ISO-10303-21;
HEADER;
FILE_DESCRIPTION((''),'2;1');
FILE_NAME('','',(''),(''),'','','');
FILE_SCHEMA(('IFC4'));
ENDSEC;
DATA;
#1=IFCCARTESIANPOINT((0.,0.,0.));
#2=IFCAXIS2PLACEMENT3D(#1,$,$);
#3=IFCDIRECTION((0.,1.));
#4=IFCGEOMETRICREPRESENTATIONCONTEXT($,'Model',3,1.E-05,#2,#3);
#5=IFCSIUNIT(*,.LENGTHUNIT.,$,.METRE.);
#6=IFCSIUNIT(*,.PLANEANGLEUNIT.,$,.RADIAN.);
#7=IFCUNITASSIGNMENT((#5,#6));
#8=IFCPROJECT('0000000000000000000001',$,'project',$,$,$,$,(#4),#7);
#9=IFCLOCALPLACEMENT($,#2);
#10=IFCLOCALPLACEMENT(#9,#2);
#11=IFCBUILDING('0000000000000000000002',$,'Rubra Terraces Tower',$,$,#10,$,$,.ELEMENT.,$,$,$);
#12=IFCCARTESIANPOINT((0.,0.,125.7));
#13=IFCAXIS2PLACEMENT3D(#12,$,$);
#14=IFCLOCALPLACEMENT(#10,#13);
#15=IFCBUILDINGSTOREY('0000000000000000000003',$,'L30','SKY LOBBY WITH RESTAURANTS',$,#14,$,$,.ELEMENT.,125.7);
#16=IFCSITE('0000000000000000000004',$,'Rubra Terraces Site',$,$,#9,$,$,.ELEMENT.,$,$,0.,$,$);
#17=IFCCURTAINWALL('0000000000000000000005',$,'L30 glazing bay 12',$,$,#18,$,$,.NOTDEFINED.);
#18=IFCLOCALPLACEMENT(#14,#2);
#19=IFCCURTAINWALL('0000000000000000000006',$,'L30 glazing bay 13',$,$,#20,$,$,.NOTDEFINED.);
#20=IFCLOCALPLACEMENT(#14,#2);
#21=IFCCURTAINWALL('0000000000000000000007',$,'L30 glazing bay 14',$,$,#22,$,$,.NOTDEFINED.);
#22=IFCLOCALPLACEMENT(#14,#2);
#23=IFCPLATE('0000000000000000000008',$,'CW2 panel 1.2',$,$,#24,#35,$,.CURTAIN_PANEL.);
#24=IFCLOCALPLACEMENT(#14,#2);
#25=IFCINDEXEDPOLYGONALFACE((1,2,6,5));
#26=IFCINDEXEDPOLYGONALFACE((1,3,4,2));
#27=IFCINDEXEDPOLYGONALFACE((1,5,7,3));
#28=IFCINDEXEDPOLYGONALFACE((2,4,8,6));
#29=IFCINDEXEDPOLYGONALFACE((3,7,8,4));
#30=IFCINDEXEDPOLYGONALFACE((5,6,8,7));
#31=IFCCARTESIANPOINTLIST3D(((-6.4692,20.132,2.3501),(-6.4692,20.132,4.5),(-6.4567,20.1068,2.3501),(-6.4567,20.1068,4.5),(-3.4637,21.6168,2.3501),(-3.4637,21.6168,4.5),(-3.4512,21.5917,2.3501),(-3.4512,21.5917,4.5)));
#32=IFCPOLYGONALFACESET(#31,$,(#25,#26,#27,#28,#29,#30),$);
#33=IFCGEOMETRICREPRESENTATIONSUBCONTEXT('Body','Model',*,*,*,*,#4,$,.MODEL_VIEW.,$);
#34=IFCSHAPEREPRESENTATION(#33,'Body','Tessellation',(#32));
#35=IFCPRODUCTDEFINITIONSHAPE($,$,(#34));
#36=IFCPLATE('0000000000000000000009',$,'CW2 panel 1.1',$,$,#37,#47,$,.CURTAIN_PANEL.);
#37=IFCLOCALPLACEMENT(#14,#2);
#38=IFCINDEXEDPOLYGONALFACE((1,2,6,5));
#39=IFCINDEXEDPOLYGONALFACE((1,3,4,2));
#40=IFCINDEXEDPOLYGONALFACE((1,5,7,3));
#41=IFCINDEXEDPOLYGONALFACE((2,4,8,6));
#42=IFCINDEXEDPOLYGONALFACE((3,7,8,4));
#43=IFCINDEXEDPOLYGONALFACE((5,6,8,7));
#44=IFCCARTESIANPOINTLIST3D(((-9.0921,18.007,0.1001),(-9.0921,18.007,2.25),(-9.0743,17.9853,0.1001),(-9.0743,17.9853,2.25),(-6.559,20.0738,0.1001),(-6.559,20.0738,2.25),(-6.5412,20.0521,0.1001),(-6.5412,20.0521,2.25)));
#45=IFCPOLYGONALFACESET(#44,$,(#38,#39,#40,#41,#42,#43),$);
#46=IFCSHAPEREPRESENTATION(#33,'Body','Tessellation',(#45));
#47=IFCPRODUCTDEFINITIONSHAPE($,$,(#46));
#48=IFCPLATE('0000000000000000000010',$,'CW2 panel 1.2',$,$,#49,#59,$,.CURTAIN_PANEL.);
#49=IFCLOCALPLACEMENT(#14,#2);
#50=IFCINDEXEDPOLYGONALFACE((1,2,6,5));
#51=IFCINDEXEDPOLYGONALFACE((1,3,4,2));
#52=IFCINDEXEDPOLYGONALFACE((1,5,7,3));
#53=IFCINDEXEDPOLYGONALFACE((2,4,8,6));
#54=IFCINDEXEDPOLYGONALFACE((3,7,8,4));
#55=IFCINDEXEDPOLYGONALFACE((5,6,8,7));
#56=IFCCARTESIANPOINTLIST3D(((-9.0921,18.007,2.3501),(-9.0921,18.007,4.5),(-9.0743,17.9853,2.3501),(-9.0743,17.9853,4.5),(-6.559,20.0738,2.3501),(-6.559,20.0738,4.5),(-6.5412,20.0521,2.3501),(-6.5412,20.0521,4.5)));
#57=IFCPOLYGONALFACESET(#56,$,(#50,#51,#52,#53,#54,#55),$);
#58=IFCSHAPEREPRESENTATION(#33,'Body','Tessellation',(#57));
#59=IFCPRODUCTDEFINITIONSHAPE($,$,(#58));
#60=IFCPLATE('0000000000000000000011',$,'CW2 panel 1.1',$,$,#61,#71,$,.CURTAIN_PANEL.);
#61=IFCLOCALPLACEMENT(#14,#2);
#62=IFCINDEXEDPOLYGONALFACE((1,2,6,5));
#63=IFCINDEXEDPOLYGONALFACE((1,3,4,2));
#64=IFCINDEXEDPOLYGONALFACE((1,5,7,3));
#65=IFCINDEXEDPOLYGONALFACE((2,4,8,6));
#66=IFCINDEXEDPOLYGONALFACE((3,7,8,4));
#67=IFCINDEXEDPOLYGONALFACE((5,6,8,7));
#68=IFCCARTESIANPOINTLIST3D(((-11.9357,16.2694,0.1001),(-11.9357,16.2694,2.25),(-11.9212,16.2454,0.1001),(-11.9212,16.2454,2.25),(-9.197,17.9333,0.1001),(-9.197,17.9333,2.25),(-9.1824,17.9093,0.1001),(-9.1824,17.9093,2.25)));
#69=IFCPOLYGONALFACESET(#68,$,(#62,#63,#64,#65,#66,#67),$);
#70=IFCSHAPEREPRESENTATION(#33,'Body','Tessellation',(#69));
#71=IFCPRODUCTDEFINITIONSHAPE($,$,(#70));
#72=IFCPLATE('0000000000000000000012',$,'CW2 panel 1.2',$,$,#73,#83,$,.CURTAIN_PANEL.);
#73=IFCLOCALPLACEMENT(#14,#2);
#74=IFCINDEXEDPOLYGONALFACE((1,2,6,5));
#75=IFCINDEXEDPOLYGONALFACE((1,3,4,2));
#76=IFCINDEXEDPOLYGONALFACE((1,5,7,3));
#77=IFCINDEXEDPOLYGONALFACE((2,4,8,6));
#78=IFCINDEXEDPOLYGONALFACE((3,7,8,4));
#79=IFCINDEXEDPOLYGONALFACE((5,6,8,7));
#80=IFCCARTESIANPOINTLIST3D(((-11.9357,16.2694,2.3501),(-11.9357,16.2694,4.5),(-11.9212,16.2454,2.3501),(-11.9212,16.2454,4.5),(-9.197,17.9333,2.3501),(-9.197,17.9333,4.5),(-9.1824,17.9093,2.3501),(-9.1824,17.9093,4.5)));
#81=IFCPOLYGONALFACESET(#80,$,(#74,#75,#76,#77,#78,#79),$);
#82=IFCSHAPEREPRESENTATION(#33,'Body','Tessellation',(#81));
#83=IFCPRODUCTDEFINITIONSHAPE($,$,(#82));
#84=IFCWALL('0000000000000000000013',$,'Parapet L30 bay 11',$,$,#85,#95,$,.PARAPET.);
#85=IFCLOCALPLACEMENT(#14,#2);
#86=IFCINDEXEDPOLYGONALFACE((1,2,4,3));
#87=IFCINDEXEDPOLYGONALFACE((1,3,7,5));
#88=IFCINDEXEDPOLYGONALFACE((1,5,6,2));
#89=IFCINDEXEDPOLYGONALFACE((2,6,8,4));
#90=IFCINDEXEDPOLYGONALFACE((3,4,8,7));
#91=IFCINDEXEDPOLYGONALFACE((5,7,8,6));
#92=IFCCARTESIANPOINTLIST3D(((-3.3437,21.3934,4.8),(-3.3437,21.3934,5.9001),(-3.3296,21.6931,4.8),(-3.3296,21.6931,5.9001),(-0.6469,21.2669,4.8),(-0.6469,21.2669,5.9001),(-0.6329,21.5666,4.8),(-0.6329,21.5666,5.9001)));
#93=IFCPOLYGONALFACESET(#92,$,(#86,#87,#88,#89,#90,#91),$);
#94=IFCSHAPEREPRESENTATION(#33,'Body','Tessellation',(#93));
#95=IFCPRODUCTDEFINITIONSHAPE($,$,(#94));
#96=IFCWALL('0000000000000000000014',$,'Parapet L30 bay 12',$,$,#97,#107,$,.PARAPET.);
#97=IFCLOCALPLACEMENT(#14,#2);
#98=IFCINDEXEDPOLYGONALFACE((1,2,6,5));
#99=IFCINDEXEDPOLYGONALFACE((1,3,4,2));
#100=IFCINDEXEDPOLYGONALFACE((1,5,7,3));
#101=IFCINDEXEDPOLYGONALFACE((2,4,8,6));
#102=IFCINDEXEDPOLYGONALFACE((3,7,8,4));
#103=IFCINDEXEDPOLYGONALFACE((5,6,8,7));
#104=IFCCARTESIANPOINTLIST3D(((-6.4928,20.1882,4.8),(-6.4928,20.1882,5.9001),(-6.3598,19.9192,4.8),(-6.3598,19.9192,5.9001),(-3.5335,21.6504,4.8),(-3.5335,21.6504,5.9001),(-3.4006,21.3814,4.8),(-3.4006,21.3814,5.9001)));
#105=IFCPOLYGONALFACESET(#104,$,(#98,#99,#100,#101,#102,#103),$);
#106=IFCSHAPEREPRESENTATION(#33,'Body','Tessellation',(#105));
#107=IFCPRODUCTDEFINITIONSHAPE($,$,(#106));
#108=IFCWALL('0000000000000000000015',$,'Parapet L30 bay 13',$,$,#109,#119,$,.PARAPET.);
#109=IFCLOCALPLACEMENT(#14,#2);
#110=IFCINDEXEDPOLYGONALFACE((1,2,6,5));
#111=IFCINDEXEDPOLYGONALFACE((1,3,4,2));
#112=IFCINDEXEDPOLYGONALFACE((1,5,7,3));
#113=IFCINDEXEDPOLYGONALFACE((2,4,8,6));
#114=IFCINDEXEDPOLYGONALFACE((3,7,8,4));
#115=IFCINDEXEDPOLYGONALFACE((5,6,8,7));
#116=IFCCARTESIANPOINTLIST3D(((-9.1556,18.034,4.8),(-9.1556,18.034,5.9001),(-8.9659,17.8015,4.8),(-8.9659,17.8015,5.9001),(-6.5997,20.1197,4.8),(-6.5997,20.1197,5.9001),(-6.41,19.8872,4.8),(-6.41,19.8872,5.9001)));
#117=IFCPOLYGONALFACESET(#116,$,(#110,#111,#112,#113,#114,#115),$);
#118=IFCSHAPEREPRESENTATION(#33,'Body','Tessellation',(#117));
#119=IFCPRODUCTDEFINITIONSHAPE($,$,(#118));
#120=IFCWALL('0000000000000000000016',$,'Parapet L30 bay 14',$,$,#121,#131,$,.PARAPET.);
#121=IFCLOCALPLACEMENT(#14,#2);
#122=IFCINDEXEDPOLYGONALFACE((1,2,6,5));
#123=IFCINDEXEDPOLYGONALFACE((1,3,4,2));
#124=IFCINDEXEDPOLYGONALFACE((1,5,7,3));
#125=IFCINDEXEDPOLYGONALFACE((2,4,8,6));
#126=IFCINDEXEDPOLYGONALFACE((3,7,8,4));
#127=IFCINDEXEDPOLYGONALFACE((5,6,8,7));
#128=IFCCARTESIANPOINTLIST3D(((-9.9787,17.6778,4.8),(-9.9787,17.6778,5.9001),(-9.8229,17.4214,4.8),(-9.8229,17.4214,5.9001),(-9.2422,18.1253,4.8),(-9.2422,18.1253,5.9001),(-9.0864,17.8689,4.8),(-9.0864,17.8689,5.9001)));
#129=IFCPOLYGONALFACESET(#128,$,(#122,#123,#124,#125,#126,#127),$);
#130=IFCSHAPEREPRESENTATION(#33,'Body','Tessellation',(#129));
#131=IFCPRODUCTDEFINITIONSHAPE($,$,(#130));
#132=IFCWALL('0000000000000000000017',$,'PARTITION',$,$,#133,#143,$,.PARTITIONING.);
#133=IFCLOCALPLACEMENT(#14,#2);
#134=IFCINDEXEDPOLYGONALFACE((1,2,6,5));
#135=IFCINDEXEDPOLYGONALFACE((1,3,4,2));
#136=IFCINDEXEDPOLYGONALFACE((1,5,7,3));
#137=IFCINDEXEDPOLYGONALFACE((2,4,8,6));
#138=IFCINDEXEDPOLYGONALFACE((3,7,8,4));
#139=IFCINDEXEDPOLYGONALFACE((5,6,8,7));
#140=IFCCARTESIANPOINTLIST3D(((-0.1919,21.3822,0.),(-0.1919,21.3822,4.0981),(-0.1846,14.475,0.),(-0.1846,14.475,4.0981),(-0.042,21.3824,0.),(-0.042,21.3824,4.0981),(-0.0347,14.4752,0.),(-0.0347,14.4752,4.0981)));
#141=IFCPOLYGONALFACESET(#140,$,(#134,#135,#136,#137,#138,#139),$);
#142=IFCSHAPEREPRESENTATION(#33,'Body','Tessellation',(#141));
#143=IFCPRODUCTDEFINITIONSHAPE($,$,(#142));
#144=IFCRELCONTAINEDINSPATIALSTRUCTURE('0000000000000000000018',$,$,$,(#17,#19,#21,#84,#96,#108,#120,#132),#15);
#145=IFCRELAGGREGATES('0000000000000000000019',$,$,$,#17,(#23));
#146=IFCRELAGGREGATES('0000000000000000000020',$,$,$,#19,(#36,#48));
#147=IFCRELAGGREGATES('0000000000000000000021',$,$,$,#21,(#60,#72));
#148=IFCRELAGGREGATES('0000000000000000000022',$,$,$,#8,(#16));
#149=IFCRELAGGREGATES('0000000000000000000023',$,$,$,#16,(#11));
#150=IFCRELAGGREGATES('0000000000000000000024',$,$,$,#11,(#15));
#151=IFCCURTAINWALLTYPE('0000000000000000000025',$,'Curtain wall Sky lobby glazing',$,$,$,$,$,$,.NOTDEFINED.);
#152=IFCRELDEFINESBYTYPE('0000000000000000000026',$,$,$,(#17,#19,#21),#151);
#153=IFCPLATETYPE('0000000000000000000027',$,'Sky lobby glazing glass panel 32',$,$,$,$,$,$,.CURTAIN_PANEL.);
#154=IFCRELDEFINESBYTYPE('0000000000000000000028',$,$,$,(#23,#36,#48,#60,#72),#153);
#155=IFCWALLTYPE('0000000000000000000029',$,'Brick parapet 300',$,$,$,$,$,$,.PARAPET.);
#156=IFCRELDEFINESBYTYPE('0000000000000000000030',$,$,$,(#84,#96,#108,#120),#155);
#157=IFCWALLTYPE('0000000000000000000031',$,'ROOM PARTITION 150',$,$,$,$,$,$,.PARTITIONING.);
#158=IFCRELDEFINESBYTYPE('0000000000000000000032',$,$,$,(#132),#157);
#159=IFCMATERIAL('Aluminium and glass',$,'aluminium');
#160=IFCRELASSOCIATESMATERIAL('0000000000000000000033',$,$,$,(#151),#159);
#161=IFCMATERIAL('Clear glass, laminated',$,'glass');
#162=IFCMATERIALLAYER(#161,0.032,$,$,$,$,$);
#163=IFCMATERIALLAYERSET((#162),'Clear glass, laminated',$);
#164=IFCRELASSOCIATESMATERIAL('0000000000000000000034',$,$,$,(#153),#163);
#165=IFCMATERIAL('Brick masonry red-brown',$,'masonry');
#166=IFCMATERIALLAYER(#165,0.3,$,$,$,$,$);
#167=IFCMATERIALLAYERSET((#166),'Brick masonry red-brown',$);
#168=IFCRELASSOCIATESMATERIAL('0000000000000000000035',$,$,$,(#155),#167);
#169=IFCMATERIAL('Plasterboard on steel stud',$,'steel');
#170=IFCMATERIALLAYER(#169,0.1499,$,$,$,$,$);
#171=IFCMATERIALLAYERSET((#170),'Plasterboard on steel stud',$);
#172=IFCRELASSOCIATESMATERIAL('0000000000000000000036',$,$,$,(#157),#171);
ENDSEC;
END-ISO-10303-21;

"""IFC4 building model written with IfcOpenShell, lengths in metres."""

from ifc_helpers import new_model, si_unit, direction, frame, frame_2d, origin, origin_2d, place, context, subcontext, project, spatial, rectangle, extrude, material, layer, layer_set, type_object, element, aggregate, save


model = new_model("IFC4")

# Units and contexts
model_context = context("Model", 3, precision=1e-05, world=origin(), true_north=direction((0.0, 1.0)))
body_context = subcontext(model_context, "Body", "Model", "MODEL_VIEW")
ifc_project = project(units=[si_unit("LENGTHUNIT", "METRE"), si_unit("PLANEANGLEUNIT", "RADIAN")], contexts=[model_context])

# Site, building, storey
site_placement = place(None, origin())
site = spatial("IfcSite", under=ifc_project, at=site_placement, Name="Rubra Terraces Site", CompositionType="ELEMENT", RefElevation=0.0)
building_placement = place(site_placement, origin())
building = spatial("IfcBuilding", under=site, at=building_placement, Name="Rubra Terraces Tower", CompositionType="ELEMENT")
storey_placement = place(building_placement, frame((0.0, 0.0, 125.7)))
storey = spatial("IfcBuildingStorey", under=building, at=storey_placement, Name="L30", Description="SKY LOBBY WITH RESTAURANTS", CompositionType="ELEMENT", Elevation=125.7)

# Curtain walls
ifc_material_1 = material(Name="Aluminium and glass", Category="aluminium")
curtain_wall_type = type_object("IfcCurtainWallType", Name="Curtain wall Sky lobby glazing", PredefinedType="NOTDEFINED", material=ifc_material_1)
curtain_wall_1_placement = place(storey_placement, origin())
curtain_wall_1 = element("IfcCurtainWall", 1, at=curtain_wall_1_placement, inside=storey, type_object=curtain_wall_type, Name="L30 glazing bay 12", PredefinedType="NOTDEFINED")
curtain_wall_2_placement = place(storey_placement, origin())
curtain_wall_2 = element("IfcCurtainWall", 2, at=curtain_wall_2_placement, inside=storey, type_object=curtain_wall_type, Name="L30 glazing bay 13", PredefinedType="NOTDEFINED")
curtain_wall_3_placement = place(storey_placement, origin())
curtain_wall_3 = element("IfcCurtainWall", 3, at=curtain_wall_3_placement, inside=storey, type_object=curtain_wall_type, Name="L30 glazing bay 14", PredefinedType="NOTDEFINED")

# Plates
ifc_material_2 = material(Name="Clear glass, laminated", Category="glass")
ifc_layer_1 = layer(ifc_material_2, 0.032)
ifc_layer_set_1 = layer_set([ifc_layer_1], Name="Clear glass, laminated")
plate_type = type_object("IfcPlateType", Name="Sky lobby glazing glass panel 32", PredefinedType="CURTAIN_PANEL", material=ifc_layer_set_1)
plate_1_placement = place(storey_placement, frame((-4.9602, 20.8618, 2.3501), z_axis=(0.0, 0.0, 1.0), x_axis=(-0.896548, -0.442946, 0.0)))
plate_1 = element("IfcPlate", 4, at=plate_1_placement, type_object=plate_type, Name="CW2 panel 1.2", PredefinedType="CURTAIN_PANEL", context=body_context, shape_type="SweptSolid", body=[
    extrude(rectangle(XDim=3.3523, YDim=0.0281, at=origin_2d()), origin(), (0.0, 0.0, 1.0), 2.1499),
])
aggregate(curtain_wall_1, [plate_1])
plate_2_placement = place(storey_placement, frame((-7.8167, 19.0295, 0.1001), z_axis=(0.0, 0.0, 1.0), x_axis=(-0.774814, -0.63219, 0.0)))
plate_2 = element("IfcPlate", 5, at=plate_2_placement, type_object=plate_type, Name="CW2 panel 1.1", PredefinedType="CURTAIN_PANEL", context=body_context, shape_type="SweptSolid", body=[
    extrude(rectangle(XDim=3.2693, YDim=0.0281, at=origin_2d()), origin(), (0.0, 0.0, 1.0), 2.1499),
])
plate_3_placement = place(storey_placement, frame((-7.8167, 19.0295, 2.3501), z_axis=(0.0, 0.0, 1.0), x_axis=(-0.774814, -0.63219, 0.0)))
plate_3 = element("IfcPlate", 6, at=plate_3_placement, type_object=plate_type, Name="CW2 panel 1.2", PredefinedType="CURTAIN_PANEL", context=body_context, shape_type="SweptSolid", body=[
    extrude(rectangle(XDim=3.2693, YDim=0.0281, at=origin_2d()), origin(), (0.0, 0.0, 1.0), 2.1499),
])
aggregate(curtain_wall_2, [plate_2, plate_3])
plate_4_placement = place(storey_placement, frame((-10.5591, 17.0894, 0.1001), z_axis=(0.0, 0.0, 1.0), x_axis=(-0.854624, -0.519247, 0.0)))
plate_4 = element("IfcPlate", 7, at=plate_4_placement, type_object=plate_type, Name="CW2 panel 1.1", PredefinedType="CURTAIN_PANEL", context=body_context, shape_type="SweptSolid", body=[
    extrude(rectangle(XDim=3.2046, YDim=0.0281, at=origin_2d()), origin(), (0.0, 0.0, 1.0), 2.1499),
])
plate_5_placement = place(storey_placement, frame((-10.5591, 17.0894, 2.3501), z_axis=(0.0, 0.0, 1.0), x_axis=(-0.854624, -0.519247, 0.0)))
plate_5 = element("IfcPlate", 8, at=plate_5_placement, type_object=plate_type, Name="CW2 panel 1.2", PredefinedType="CURTAIN_PANEL", context=body_context, shape_type="SweptSolid", body=[
    extrude(rectangle(XDim=3.2046, YDim=0.0281, at=origin_2d()), origin(), (0.0, 0.0, 1.0), 2.1499),
])
aggregate(curtain_wall_3, [plate_4, plate_5])

# Walls
ifc_material_3 = material(Name="Brick masonry red-brown", Category="masonry")
ifc_layer_2 = layer(ifc_material_3, 0.3)
ifc_layer_set_2 = layer_set([ifc_layer_2], Name="Brick masonry red-brown")
wall_type_1 = type_object("IfcWallType", Name="Brick parapet 300", PredefinedType="PARAPET", material=ifc_layer_set_2)
wall_1_placement = place(storey_placement, frame((-0.6399, 21.4167, 4.8), z_axis=(0.0, 0.0, 1.0), x_axis=(-0.998902, 0.046843, 0.0)))
element("IfcWall", 9, at=wall_1_placement, inside=storey, type_object=wall_type_1, Name="Parapet L30 bay 11", PredefinedType="PARAPET", context=body_context, shape_type="SweptSolid", body=[
    extrude(rectangle(XDim=2.6997, YDim=0.3, at=frame_2d((1.3499, 0.0))), origin(), (0.0, 0.0, 1.0), 1.1001),
])
wall_2_placement = place(storey_placement, frame((-3.467, 21.5159, 4.8), z_axis=(0.0, 0.0, 1.0), x_axis=(-0.896533, -0.442978, 0.0)))
element("IfcWall", 10, at=wall_2_placement, inside=storey, type_object=wall_type_1, Name="Parapet L30 bay 12", PredefinedType="PARAPET", context=body_context, shape_type="SweptSolid", body=[
    extrude(rectangle(XDim=3.3008, YDim=0.3, at=frame_2d((1.6504, 0.0))), origin(), (0.0, 0.0, 1.0), 1.1001),
])
wall_3_placement = place(storey_placement, frame((-6.5049, 20.0034, 4.8), z_axis=(0.0, 0.0, 1.0), x_axis=(-0.774774, -0.632238, 0.0)))
element("IfcWall", 11, at=wall_3_placement, inside=storey, type_object=wall_type_1, Name="Parapet L30 bay 13", PredefinedType="PARAPET", context=body_context, shape_type="SweptSolid", body=[
    extrude(rectangle(XDim=3.2988, YDim=0.3, at=frame_2d((1.6494, 0.0))), origin(), (0.0, 0.0, 1.0), 1.1001),
])
wall_4_placement = place(storey_placement, frame((-9.1643, 17.9971, 4.8), z_axis=(0.0, 0.0, 1.0), x_axis=(-0.85463, -0.519237, 0.0)))
element("IfcWall", 12, at=wall_4_placement, inside=storey, type_object=wall_type_1, Name="Parapet L30 bay 14", PredefinedType="PARAPET", context=body_context, shape_type="SweptSolid", body=[
    extrude(rectangle(XDim=0.8618, YDim=0.3, at=frame_2d((0.4309, 0.0))), origin(), (0.0, 0.0, 1.0), 1.1001),
])
ifc_material_4 = material(Name="Plasterboard on steel stud", Category="steel")
ifc_layer_3 = layer(ifc_material_4, 0.1499)
ifc_layer_set_3 = layer_set([ifc_layer_3], Name="Plasterboard on steel stud")
wall_type_2 = type_object("IfcWallType", Name="ROOM PARTITION 150", PredefinedType="PARTITIONING", material=ifc_layer_set_3)
wall_5_placement = place(storey_placement, frame((-0.1169, 21.3823, 0.0), z_axis=(0.0, 0.0, 1.0), x_axis=(0.00106, -0.999999, 0.0)))
element("IfcWall", 13, at=wall_5_placement, inside=storey, type_object=wall_type_2, Name="PARTITION", PredefinedType="PARTITIONING", context=body_context, shape_type="SweptSolid", body=[
    extrude(rectangle(XDim=6.9072, YDim=0.1499, at=frame_2d((3.4536, 0.0))), origin(), (0.0, 0.0, 1.0), 4.0981),
])

save(model, "model.ifc")
